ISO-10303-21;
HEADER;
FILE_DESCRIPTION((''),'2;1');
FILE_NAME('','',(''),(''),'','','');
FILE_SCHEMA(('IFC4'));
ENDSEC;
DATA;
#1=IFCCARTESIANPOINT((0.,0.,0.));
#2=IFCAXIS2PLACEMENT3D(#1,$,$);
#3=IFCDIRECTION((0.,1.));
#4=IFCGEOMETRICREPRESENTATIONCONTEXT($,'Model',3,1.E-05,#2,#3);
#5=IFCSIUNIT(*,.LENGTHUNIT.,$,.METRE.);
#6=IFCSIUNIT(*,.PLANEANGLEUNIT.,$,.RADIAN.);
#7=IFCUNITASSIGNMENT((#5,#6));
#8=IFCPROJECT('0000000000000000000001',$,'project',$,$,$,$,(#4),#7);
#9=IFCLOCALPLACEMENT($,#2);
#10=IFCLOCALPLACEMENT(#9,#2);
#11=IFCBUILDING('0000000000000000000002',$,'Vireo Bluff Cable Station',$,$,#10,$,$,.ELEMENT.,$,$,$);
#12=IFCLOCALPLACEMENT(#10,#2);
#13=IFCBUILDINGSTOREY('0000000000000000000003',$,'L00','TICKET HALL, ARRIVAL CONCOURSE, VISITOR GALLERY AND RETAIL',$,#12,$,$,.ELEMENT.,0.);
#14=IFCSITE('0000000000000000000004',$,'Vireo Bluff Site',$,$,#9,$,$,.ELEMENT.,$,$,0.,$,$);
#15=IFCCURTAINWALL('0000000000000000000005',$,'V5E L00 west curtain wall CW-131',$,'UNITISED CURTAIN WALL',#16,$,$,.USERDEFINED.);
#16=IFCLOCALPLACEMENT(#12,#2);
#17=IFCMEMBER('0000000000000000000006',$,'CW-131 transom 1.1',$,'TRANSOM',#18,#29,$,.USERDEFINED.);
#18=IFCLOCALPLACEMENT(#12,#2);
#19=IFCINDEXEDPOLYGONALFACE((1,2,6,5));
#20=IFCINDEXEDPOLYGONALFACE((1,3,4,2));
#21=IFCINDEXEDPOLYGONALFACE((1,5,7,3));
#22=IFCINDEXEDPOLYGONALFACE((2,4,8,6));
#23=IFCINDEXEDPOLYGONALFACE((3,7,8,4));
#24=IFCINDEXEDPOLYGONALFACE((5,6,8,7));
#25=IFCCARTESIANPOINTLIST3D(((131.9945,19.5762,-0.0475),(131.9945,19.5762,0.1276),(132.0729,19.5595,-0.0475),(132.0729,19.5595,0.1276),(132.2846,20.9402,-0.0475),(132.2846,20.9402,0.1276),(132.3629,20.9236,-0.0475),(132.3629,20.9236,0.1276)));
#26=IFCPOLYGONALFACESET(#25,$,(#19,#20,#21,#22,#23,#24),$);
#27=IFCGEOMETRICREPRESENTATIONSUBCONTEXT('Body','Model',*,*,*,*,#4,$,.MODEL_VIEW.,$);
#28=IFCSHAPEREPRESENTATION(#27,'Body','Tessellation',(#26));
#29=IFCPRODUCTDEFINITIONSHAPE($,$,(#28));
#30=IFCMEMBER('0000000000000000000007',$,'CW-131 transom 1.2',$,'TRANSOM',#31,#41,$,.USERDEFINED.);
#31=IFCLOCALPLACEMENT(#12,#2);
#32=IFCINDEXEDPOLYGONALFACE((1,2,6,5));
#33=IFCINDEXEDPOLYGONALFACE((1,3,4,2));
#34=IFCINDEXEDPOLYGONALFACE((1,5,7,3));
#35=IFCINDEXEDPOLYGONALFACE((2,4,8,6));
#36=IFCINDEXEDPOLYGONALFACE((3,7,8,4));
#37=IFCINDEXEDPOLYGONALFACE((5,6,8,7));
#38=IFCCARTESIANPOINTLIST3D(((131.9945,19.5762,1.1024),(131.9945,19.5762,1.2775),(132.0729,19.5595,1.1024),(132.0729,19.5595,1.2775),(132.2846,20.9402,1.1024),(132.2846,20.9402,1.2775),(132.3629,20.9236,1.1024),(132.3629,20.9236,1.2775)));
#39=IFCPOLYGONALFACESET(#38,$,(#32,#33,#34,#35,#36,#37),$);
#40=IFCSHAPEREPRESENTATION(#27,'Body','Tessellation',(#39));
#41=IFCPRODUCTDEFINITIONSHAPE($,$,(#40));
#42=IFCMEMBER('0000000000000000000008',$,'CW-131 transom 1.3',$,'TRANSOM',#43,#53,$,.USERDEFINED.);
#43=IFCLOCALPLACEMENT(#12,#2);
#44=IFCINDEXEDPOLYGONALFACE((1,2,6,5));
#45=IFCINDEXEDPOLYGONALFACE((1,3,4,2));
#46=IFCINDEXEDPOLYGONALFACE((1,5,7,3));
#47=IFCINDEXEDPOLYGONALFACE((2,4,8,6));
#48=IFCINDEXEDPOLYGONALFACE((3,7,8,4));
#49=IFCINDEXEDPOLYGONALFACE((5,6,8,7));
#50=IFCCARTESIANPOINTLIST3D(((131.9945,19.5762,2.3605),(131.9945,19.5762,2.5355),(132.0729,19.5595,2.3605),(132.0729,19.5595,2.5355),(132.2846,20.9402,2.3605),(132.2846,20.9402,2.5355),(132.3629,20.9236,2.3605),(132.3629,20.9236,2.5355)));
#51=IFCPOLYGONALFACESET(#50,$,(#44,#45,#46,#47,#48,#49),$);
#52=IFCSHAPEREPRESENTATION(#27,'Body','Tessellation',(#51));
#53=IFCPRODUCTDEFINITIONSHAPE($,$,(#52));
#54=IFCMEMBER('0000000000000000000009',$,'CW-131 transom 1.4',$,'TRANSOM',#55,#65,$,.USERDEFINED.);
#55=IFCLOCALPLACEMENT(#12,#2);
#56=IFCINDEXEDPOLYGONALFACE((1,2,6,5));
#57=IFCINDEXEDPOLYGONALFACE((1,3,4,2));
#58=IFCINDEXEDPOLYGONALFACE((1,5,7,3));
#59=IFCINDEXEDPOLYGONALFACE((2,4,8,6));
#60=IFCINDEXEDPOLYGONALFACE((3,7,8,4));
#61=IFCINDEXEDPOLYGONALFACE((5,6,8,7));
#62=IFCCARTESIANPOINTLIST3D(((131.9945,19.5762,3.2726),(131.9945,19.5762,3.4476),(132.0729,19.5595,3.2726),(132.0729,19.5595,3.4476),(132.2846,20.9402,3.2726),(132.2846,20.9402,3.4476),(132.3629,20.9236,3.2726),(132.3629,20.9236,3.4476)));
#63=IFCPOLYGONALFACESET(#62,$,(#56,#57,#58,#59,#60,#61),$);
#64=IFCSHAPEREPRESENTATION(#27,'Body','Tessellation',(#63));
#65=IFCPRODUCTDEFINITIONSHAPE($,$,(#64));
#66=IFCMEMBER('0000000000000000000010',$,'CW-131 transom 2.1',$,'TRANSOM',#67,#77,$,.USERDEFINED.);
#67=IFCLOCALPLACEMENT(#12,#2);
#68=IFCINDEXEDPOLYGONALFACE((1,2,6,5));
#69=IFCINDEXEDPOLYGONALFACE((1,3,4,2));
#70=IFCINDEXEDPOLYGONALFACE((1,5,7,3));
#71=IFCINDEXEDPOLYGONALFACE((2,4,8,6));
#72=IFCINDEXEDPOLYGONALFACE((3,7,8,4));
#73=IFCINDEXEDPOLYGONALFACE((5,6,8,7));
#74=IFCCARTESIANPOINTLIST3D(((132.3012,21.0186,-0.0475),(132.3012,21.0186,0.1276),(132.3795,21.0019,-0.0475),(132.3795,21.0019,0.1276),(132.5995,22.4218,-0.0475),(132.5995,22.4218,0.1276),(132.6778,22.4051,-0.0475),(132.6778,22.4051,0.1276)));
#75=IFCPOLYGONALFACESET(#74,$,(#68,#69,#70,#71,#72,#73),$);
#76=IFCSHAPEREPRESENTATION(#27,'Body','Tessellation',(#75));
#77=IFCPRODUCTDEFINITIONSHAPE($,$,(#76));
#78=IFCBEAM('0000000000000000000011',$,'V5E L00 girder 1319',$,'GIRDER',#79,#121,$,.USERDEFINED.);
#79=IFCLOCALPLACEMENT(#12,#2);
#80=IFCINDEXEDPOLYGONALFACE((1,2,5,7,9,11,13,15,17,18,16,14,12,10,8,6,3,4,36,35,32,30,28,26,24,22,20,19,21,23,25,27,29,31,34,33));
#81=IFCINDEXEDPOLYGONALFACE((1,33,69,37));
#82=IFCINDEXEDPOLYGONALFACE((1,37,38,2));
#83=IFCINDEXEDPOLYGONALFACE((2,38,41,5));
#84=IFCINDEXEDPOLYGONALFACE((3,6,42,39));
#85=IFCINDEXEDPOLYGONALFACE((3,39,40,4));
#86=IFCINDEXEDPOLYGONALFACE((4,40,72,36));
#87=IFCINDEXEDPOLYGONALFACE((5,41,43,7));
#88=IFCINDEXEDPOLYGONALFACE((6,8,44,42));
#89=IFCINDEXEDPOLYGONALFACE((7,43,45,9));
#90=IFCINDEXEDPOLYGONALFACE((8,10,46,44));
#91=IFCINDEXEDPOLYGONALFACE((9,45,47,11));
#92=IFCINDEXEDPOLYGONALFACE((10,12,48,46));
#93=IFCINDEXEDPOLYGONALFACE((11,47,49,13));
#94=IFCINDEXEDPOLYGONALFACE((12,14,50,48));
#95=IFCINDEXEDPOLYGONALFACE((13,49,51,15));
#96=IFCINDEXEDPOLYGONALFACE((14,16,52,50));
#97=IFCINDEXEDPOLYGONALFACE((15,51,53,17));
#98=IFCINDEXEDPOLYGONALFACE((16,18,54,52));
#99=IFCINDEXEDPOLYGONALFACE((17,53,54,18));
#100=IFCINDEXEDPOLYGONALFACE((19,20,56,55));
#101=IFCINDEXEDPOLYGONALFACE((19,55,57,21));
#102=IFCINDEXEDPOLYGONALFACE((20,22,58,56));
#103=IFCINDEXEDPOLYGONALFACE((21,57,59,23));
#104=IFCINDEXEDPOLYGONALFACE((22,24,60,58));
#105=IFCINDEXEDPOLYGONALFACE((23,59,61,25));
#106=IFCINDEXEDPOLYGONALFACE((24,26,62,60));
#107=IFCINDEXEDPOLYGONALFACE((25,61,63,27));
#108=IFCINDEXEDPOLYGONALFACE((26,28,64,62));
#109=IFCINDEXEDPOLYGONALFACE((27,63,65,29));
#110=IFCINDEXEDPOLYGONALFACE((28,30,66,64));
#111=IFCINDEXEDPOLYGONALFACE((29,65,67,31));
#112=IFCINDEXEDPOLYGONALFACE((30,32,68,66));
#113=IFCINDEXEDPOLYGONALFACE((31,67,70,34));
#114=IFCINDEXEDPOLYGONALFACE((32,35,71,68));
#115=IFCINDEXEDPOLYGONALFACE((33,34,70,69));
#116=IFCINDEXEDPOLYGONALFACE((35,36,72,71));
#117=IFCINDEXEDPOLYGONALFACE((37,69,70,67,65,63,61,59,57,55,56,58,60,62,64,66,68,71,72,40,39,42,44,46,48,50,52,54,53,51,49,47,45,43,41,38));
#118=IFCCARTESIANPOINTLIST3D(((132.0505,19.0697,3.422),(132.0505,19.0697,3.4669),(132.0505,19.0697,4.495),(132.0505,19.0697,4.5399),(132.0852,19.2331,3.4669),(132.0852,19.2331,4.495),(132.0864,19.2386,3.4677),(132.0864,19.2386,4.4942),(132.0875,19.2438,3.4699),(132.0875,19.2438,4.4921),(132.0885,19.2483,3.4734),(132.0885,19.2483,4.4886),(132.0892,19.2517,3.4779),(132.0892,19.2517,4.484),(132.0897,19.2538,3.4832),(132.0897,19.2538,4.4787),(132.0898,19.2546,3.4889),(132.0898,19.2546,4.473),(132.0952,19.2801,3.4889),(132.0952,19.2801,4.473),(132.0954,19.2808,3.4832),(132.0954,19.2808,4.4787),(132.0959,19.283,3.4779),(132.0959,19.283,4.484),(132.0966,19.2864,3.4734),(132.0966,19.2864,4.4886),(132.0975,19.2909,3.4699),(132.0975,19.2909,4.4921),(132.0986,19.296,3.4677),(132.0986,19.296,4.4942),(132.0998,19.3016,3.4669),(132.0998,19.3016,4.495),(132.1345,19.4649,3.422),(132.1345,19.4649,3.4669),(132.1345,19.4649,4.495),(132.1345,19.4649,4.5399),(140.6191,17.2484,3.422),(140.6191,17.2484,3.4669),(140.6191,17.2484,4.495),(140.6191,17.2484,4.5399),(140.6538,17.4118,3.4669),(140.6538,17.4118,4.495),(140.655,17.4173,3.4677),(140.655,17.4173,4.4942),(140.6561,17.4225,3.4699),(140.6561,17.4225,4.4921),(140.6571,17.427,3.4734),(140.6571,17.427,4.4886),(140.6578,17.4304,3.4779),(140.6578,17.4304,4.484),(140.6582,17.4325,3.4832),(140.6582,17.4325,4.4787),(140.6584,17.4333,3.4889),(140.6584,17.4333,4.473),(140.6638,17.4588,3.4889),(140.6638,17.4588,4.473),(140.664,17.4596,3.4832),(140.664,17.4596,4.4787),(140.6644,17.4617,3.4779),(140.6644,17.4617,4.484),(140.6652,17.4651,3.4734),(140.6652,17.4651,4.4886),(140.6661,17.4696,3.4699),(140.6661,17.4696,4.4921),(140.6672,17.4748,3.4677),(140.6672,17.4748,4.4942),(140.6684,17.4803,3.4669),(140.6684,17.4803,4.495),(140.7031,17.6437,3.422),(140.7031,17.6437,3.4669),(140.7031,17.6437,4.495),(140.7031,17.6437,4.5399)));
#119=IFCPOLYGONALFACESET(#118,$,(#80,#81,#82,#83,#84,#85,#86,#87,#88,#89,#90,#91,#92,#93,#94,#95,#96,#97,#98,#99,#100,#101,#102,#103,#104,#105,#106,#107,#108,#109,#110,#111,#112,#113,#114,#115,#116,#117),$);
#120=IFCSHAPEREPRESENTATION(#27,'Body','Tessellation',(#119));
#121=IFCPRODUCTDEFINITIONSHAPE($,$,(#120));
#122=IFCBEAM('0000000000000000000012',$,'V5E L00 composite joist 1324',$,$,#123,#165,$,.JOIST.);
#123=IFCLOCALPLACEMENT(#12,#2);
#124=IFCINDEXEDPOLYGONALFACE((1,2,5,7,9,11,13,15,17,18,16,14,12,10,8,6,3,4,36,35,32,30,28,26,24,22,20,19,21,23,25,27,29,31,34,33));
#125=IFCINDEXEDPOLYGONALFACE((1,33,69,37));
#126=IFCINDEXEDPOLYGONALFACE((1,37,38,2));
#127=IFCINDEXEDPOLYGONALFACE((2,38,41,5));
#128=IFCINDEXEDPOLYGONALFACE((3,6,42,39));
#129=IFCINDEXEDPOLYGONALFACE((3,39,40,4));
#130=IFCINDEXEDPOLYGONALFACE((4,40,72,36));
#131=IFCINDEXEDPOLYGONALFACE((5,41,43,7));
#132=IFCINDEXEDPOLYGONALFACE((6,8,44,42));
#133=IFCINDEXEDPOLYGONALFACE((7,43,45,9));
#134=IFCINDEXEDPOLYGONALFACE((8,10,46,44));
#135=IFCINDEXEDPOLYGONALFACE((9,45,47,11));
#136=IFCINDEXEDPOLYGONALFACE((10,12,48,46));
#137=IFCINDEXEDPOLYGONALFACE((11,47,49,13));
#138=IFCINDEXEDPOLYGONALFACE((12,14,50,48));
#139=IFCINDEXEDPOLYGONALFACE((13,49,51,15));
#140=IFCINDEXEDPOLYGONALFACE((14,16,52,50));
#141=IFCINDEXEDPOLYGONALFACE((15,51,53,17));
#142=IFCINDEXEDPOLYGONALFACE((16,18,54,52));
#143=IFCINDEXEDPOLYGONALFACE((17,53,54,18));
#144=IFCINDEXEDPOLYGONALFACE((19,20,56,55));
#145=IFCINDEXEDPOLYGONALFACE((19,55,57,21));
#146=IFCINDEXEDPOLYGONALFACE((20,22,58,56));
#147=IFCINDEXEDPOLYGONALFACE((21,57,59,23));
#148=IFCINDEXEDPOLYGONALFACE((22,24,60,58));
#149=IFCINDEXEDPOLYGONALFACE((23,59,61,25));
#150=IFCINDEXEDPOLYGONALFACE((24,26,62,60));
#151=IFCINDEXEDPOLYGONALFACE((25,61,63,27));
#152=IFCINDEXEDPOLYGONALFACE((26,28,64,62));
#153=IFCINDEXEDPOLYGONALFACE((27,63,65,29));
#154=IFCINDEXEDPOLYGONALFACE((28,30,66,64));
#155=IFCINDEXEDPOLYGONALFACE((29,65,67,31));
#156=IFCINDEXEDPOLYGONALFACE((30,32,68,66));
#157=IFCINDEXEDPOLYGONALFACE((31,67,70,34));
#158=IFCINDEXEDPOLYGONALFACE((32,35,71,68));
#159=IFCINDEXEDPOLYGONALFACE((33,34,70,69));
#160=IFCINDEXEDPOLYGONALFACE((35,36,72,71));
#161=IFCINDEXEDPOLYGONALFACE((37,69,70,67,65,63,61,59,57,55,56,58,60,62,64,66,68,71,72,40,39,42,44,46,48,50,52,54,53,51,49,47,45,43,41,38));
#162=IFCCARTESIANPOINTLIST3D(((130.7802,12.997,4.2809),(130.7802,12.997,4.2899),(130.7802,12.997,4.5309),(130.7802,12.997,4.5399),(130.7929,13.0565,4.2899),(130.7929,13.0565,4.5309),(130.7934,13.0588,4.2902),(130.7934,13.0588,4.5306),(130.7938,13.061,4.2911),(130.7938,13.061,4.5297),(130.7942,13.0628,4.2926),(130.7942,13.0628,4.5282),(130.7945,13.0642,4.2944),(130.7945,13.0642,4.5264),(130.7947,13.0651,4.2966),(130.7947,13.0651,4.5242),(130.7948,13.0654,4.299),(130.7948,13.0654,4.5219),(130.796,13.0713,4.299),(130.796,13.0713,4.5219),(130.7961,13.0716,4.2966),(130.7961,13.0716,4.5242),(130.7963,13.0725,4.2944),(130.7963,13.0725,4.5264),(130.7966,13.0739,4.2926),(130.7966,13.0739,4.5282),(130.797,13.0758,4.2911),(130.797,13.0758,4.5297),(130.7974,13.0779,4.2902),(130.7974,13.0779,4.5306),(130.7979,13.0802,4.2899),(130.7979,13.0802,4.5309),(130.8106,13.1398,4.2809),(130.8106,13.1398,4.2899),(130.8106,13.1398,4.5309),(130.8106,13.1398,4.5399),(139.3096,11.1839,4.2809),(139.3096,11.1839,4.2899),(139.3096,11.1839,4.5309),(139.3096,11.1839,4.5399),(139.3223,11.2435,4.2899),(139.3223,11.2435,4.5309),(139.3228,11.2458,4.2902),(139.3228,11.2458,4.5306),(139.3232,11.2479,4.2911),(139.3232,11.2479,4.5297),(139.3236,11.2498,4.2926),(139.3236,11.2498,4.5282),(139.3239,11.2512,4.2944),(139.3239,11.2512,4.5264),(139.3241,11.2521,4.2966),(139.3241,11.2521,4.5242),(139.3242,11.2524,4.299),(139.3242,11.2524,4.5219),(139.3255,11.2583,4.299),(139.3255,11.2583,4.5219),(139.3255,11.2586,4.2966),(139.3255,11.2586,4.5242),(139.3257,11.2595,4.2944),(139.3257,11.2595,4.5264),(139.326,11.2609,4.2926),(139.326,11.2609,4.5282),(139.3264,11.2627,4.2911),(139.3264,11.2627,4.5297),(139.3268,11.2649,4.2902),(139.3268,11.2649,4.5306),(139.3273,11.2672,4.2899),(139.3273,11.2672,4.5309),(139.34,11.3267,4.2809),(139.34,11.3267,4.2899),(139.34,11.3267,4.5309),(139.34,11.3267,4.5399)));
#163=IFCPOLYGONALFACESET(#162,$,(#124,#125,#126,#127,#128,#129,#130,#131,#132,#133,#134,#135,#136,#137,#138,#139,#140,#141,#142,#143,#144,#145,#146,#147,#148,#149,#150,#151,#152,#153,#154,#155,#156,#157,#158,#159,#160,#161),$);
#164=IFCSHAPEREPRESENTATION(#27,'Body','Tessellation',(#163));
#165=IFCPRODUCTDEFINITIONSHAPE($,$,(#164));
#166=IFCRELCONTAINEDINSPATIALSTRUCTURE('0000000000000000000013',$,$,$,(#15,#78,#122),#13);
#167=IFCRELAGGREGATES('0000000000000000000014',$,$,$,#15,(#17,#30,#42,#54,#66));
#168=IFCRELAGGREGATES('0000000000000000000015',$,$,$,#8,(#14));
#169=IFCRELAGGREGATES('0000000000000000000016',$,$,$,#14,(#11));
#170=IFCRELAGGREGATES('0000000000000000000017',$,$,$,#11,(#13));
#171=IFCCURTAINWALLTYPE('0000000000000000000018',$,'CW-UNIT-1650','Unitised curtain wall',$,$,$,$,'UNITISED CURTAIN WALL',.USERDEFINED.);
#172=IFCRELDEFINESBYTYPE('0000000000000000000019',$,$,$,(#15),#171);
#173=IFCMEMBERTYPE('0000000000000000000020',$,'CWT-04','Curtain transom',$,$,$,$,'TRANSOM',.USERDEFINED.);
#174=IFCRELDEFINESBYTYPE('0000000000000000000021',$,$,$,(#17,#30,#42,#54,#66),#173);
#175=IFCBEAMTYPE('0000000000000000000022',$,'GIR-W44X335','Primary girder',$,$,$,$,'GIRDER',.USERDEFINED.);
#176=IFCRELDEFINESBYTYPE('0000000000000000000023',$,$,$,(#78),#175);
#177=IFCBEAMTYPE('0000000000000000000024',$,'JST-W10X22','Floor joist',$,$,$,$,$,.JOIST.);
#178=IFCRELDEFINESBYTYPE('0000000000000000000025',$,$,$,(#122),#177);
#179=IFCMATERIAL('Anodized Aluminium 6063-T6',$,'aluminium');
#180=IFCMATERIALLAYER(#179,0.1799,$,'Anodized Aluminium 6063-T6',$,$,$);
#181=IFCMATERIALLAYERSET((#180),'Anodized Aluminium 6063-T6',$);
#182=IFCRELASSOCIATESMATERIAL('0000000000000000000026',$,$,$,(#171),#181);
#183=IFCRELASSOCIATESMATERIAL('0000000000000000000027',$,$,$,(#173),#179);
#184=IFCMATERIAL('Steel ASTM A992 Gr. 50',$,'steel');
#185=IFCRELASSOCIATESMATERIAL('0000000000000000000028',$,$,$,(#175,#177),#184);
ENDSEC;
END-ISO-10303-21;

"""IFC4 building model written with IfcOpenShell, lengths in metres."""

from ifc_helpers import new_model, si_unit, direction, frame, origin, origin_2d, place, context, subcontext, project, spatial, rectangle, i_section, extrude, material, layer, layer_set, material_profile, profile_set, type_object, element, aggregate, save


model = new_model("IFC4")

# Units and contexts
model_context = context("Model", 3, precision=1e-05, world=origin(), true_north=direction((0.0, 1.0)))
body_context = subcontext(model_context, "Body", "Model", "MODEL_VIEW")
ifc_project = project(units=[si_unit("LENGTHUNIT", "METRE"), si_unit("PLANEANGLEUNIT", "RADIAN")], contexts=[model_context])

# Site, building, storey
site_placement = place(None, origin())
site = spatial("IfcSite", under=ifc_project, at=site_placement, Name="Vireo Bluff Site", CompositionType="ELEMENT", RefElevation=0.0)
building_placement = place(site_placement, origin())
building = spatial("IfcBuilding", under=site, at=building_placement, Name="Vireo Bluff Cable Station", CompositionType="ELEMENT")
storey_placement = place(building_placement, origin())
storey = spatial("IfcBuildingStorey", under=building, at=storey_placement, Name="L00", Description="TICKET HALL, ARRIVAL CONCOURSE, VISITOR GALLERY AND RETAIL", CompositionType="ELEMENT", Elevation=0.0)

# Shared definitions
ifc_material_1 = material(Name="Steel ASTM A992 Gr. 50", Category="steel")

# Curtain wall, members
ifc_material_2 = material(Name="Anodized Aluminium 6063-T6", Category="aluminium")
ifc_layer_1 = layer(ifc_material_2, 0.1799, Name="Anodized Aluminium 6063-T6")
ifc_layer_set_1 = layer_set([ifc_layer_1], Name="Anodized Aluminium 6063-T6")
curtain_wall_type = type_object("IfcCurtainWallType", Name="CW-UNIT-1650", Description="Unitised curtain wall", ElementType="UNITISED CURTAIN WALL", PredefinedType="USERDEFINED", material=ifc_layer_set_1)
curtain_wall_placement = place(storey_placement, origin())
curtain_wall = element("IfcCurtainWall", 1, at=curtain_wall_placement, inside=storey, type_object=curtain_wall_type, Name="V5E L00 west curtain wall CW-131", ObjectType="UNITISED CURTAIN WALL", PredefinedType="USERDEFINED")
ifc_material_profile_1 = material_profile(ifc_material_2, rectangle(XDim=0.0801, YDim=0.175, at=origin_2d()), Name="ALU-T-80X175")
ifc_profile_set_1 = profile_set([ifc_material_profile_1], Name="Anodized Aluminium 6063-T6")
member_type_1 = type_object("IfcMemberType", Name="CWT-04", Description="Curtain transom", ElementType="TRANSOM", PredefinedType="USERDEFINED", material=ifc_profile_set_1)
member_1_placement = place(storey_placement, frame((132.0337, 19.5679, 0.04), z_axis=(0.207986, 0.978132, 0.0), x_axis=(-0.978132, 0.207986, 0.0)))
member_1 = element("IfcMember", 2, at=member_1_placement, type_object=member_type_1, Name="CW-131 transom 1.1", ObjectType="TRANSOM", PredefinedType="USERDEFINED", context=body_context, shape_type="SweptSolid", body=[
    extrude(rectangle(XDim=0.0801, YDim=0.175, at=origin_2d()), origin(), (0.0, 0.0, 1.0), 1.3945),
])
member_2_placement = place(storey_placement, frame((132.0337, 19.5679, 1.1899), z_axis=(0.207986, 0.978132, 0.0), x_axis=(-0.978132, 0.207986, 0.0)))
member_2 = element("IfcMember", 3, at=member_2_placement, type_object=member_type_1, Name="CW-131 transom 1.2", ObjectType="TRANSOM", PredefinedType="USERDEFINED", context=body_context, shape_type="SweptSolid", body=[
    extrude(rectangle(XDim=0.0801, YDim=0.175, at=origin_2d()), origin(), (0.0, 0.0, 1.0), 1.3945),
])
member_3_placement = place(storey_placement, frame((132.0337, 19.5679, 2.448), z_axis=(0.207986, 0.978132, 0.0), x_axis=(-0.978132, 0.207986, 0.0)))
member_3 = element("IfcMember", 4, at=member_3_placement, type_object=member_type_1, Name="CW-131 transom 1.3", ObjectType="TRANSOM", PredefinedType="USERDEFINED", context=body_context, shape_type="SweptSolid", body=[
    extrude(rectangle(XDim=0.0801, YDim=0.175, at=origin_2d()), origin(), (0.0, 0.0, 1.0), 1.3945),
])
member_4_placement = place(storey_placement, frame((132.0337, 19.5679, 3.3601), z_axis=(0.207986, 0.978132, 0.0), x_axis=(-0.978132, 0.207986, 0.0)))
member_4 = element("IfcMember", 5, at=member_4_placement, type_object=member_type_1, Name="CW-131 transom 1.4", ObjectType="TRANSOM", PredefinedType="USERDEFINED", context=body_context, shape_type="SweptSolid", body=[
    extrude(rectangle(XDim=0.0801, YDim=0.175, at=origin_2d()), origin(), (0.0, 0.0, 1.0), 1.3945),
])
member_5_placement = place(storey_placement, frame((132.3403, 21.0103, 0.04), z_axis=(0.207948, 0.97814, 0.0), x_axis=(-0.97814, 0.207948, 0.0)))
member_5 = element("IfcMember", 6, at=member_5_placement, type_object=member_type_1, Name="CW-131 transom 2.1", ObjectType="TRANSOM", PredefinedType="USERDEFINED", context=body_context, shape_type="SweptSolid", body=[
    extrude(rectangle(XDim=0.0801, YDim=0.175, at=origin_2d()), origin(), (0.0, 0.0, 1.0), 1.4346),
])

# Beams
ifc_material_profile_2 = material_profile(ifc_material_1, i_section(OverallWidth=0.4041, OverallDepth=1.1179, WebThickness=0.0261, FlangeThickness=0.0449, FilletRadius=0.022, at=origin_2d()), Name="W44X335")
ifc_profile_set_2 = profile_set([ifc_material_profile_2], Name="Steel ASTM A992 Gr. 50")
beam_type_1 = type_object("IfcBeamType", Name="GIR-W44X335", Description="Primary girder", ElementType="GIRDER", PredefinedType="USERDEFINED", material=ifc_profile_set_2)
beam_1_placement = place(storey_placement, frame((132.0925, 19.2673, 3.981), z_axis=(0.978148, -0.207909, 0.0), x_axis=(0.207909, 0.978148, 0.0)))
element("IfcBeam", 7, at=beam_1_placement, inside=storey, type_object=beam_type_1, Name="V5E L00 girder 1319", ObjectType="GIRDER", PredefinedType="USERDEFINED", context=body_context, shape_type="SweptSolid", body=[
    extrude(i_section(OverallWidth=0.4041, OverallDepth=1.1179, WebThickness=0.0261, FlangeThickness=0.0449, FilletRadius=0.022, at=origin_2d()), origin(), (0.0, 0.0, 1.0), 8.76),
])
ifc_material_profile_3 = material_profile(ifc_material_1, i_section(OverallWidth=0.146, OverallDepth=0.259, WebThickness=0.0061, FlangeThickness=0.009, FilletRadius=0.009, at=origin_2d()), Name="W10X22")
ifc_profile_set_3 = profile_set([ifc_material_profile_3], Name="Steel ASTM A992 Gr. 50")
beam_type_2 = type_object("IfcBeamType", Name="JST-W10X22", Description="Floor joist", PredefinedType="JOIST", material=ifc_profile_set_3)
for number, where, z_axis, x_axis, name in (
    (8, (130.7954, 13.0684, 4.4104), (0.978147, -0.207915, 0.0), (0.207915, 0.978147, 0.0), "V5E L00 composite joist 1324"),
):
    element("IfcBeam", number, at=place(storey_placement, frame(where, z_axis=z_axis, x_axis=x_axis)), inside=storey, type_object=beam_type_2, Name=name, PredefinedType="JOIST", context=body_context, shape_type="SweptSolid", body=[
        extrude(i_section(OverallWidth=0.146, OverallDepth=0.259, WebThickness=0.0061, FlangeThickness=0.009, FilletRadius=0.009, at=origin_2d()), origin(), (0.0, 0.0, 1.0), 8.72),
    ])

aggregate(curtain_wall, [member_1, member_2, member_3, member_4, member_5])

save(model, "model.ifc")
